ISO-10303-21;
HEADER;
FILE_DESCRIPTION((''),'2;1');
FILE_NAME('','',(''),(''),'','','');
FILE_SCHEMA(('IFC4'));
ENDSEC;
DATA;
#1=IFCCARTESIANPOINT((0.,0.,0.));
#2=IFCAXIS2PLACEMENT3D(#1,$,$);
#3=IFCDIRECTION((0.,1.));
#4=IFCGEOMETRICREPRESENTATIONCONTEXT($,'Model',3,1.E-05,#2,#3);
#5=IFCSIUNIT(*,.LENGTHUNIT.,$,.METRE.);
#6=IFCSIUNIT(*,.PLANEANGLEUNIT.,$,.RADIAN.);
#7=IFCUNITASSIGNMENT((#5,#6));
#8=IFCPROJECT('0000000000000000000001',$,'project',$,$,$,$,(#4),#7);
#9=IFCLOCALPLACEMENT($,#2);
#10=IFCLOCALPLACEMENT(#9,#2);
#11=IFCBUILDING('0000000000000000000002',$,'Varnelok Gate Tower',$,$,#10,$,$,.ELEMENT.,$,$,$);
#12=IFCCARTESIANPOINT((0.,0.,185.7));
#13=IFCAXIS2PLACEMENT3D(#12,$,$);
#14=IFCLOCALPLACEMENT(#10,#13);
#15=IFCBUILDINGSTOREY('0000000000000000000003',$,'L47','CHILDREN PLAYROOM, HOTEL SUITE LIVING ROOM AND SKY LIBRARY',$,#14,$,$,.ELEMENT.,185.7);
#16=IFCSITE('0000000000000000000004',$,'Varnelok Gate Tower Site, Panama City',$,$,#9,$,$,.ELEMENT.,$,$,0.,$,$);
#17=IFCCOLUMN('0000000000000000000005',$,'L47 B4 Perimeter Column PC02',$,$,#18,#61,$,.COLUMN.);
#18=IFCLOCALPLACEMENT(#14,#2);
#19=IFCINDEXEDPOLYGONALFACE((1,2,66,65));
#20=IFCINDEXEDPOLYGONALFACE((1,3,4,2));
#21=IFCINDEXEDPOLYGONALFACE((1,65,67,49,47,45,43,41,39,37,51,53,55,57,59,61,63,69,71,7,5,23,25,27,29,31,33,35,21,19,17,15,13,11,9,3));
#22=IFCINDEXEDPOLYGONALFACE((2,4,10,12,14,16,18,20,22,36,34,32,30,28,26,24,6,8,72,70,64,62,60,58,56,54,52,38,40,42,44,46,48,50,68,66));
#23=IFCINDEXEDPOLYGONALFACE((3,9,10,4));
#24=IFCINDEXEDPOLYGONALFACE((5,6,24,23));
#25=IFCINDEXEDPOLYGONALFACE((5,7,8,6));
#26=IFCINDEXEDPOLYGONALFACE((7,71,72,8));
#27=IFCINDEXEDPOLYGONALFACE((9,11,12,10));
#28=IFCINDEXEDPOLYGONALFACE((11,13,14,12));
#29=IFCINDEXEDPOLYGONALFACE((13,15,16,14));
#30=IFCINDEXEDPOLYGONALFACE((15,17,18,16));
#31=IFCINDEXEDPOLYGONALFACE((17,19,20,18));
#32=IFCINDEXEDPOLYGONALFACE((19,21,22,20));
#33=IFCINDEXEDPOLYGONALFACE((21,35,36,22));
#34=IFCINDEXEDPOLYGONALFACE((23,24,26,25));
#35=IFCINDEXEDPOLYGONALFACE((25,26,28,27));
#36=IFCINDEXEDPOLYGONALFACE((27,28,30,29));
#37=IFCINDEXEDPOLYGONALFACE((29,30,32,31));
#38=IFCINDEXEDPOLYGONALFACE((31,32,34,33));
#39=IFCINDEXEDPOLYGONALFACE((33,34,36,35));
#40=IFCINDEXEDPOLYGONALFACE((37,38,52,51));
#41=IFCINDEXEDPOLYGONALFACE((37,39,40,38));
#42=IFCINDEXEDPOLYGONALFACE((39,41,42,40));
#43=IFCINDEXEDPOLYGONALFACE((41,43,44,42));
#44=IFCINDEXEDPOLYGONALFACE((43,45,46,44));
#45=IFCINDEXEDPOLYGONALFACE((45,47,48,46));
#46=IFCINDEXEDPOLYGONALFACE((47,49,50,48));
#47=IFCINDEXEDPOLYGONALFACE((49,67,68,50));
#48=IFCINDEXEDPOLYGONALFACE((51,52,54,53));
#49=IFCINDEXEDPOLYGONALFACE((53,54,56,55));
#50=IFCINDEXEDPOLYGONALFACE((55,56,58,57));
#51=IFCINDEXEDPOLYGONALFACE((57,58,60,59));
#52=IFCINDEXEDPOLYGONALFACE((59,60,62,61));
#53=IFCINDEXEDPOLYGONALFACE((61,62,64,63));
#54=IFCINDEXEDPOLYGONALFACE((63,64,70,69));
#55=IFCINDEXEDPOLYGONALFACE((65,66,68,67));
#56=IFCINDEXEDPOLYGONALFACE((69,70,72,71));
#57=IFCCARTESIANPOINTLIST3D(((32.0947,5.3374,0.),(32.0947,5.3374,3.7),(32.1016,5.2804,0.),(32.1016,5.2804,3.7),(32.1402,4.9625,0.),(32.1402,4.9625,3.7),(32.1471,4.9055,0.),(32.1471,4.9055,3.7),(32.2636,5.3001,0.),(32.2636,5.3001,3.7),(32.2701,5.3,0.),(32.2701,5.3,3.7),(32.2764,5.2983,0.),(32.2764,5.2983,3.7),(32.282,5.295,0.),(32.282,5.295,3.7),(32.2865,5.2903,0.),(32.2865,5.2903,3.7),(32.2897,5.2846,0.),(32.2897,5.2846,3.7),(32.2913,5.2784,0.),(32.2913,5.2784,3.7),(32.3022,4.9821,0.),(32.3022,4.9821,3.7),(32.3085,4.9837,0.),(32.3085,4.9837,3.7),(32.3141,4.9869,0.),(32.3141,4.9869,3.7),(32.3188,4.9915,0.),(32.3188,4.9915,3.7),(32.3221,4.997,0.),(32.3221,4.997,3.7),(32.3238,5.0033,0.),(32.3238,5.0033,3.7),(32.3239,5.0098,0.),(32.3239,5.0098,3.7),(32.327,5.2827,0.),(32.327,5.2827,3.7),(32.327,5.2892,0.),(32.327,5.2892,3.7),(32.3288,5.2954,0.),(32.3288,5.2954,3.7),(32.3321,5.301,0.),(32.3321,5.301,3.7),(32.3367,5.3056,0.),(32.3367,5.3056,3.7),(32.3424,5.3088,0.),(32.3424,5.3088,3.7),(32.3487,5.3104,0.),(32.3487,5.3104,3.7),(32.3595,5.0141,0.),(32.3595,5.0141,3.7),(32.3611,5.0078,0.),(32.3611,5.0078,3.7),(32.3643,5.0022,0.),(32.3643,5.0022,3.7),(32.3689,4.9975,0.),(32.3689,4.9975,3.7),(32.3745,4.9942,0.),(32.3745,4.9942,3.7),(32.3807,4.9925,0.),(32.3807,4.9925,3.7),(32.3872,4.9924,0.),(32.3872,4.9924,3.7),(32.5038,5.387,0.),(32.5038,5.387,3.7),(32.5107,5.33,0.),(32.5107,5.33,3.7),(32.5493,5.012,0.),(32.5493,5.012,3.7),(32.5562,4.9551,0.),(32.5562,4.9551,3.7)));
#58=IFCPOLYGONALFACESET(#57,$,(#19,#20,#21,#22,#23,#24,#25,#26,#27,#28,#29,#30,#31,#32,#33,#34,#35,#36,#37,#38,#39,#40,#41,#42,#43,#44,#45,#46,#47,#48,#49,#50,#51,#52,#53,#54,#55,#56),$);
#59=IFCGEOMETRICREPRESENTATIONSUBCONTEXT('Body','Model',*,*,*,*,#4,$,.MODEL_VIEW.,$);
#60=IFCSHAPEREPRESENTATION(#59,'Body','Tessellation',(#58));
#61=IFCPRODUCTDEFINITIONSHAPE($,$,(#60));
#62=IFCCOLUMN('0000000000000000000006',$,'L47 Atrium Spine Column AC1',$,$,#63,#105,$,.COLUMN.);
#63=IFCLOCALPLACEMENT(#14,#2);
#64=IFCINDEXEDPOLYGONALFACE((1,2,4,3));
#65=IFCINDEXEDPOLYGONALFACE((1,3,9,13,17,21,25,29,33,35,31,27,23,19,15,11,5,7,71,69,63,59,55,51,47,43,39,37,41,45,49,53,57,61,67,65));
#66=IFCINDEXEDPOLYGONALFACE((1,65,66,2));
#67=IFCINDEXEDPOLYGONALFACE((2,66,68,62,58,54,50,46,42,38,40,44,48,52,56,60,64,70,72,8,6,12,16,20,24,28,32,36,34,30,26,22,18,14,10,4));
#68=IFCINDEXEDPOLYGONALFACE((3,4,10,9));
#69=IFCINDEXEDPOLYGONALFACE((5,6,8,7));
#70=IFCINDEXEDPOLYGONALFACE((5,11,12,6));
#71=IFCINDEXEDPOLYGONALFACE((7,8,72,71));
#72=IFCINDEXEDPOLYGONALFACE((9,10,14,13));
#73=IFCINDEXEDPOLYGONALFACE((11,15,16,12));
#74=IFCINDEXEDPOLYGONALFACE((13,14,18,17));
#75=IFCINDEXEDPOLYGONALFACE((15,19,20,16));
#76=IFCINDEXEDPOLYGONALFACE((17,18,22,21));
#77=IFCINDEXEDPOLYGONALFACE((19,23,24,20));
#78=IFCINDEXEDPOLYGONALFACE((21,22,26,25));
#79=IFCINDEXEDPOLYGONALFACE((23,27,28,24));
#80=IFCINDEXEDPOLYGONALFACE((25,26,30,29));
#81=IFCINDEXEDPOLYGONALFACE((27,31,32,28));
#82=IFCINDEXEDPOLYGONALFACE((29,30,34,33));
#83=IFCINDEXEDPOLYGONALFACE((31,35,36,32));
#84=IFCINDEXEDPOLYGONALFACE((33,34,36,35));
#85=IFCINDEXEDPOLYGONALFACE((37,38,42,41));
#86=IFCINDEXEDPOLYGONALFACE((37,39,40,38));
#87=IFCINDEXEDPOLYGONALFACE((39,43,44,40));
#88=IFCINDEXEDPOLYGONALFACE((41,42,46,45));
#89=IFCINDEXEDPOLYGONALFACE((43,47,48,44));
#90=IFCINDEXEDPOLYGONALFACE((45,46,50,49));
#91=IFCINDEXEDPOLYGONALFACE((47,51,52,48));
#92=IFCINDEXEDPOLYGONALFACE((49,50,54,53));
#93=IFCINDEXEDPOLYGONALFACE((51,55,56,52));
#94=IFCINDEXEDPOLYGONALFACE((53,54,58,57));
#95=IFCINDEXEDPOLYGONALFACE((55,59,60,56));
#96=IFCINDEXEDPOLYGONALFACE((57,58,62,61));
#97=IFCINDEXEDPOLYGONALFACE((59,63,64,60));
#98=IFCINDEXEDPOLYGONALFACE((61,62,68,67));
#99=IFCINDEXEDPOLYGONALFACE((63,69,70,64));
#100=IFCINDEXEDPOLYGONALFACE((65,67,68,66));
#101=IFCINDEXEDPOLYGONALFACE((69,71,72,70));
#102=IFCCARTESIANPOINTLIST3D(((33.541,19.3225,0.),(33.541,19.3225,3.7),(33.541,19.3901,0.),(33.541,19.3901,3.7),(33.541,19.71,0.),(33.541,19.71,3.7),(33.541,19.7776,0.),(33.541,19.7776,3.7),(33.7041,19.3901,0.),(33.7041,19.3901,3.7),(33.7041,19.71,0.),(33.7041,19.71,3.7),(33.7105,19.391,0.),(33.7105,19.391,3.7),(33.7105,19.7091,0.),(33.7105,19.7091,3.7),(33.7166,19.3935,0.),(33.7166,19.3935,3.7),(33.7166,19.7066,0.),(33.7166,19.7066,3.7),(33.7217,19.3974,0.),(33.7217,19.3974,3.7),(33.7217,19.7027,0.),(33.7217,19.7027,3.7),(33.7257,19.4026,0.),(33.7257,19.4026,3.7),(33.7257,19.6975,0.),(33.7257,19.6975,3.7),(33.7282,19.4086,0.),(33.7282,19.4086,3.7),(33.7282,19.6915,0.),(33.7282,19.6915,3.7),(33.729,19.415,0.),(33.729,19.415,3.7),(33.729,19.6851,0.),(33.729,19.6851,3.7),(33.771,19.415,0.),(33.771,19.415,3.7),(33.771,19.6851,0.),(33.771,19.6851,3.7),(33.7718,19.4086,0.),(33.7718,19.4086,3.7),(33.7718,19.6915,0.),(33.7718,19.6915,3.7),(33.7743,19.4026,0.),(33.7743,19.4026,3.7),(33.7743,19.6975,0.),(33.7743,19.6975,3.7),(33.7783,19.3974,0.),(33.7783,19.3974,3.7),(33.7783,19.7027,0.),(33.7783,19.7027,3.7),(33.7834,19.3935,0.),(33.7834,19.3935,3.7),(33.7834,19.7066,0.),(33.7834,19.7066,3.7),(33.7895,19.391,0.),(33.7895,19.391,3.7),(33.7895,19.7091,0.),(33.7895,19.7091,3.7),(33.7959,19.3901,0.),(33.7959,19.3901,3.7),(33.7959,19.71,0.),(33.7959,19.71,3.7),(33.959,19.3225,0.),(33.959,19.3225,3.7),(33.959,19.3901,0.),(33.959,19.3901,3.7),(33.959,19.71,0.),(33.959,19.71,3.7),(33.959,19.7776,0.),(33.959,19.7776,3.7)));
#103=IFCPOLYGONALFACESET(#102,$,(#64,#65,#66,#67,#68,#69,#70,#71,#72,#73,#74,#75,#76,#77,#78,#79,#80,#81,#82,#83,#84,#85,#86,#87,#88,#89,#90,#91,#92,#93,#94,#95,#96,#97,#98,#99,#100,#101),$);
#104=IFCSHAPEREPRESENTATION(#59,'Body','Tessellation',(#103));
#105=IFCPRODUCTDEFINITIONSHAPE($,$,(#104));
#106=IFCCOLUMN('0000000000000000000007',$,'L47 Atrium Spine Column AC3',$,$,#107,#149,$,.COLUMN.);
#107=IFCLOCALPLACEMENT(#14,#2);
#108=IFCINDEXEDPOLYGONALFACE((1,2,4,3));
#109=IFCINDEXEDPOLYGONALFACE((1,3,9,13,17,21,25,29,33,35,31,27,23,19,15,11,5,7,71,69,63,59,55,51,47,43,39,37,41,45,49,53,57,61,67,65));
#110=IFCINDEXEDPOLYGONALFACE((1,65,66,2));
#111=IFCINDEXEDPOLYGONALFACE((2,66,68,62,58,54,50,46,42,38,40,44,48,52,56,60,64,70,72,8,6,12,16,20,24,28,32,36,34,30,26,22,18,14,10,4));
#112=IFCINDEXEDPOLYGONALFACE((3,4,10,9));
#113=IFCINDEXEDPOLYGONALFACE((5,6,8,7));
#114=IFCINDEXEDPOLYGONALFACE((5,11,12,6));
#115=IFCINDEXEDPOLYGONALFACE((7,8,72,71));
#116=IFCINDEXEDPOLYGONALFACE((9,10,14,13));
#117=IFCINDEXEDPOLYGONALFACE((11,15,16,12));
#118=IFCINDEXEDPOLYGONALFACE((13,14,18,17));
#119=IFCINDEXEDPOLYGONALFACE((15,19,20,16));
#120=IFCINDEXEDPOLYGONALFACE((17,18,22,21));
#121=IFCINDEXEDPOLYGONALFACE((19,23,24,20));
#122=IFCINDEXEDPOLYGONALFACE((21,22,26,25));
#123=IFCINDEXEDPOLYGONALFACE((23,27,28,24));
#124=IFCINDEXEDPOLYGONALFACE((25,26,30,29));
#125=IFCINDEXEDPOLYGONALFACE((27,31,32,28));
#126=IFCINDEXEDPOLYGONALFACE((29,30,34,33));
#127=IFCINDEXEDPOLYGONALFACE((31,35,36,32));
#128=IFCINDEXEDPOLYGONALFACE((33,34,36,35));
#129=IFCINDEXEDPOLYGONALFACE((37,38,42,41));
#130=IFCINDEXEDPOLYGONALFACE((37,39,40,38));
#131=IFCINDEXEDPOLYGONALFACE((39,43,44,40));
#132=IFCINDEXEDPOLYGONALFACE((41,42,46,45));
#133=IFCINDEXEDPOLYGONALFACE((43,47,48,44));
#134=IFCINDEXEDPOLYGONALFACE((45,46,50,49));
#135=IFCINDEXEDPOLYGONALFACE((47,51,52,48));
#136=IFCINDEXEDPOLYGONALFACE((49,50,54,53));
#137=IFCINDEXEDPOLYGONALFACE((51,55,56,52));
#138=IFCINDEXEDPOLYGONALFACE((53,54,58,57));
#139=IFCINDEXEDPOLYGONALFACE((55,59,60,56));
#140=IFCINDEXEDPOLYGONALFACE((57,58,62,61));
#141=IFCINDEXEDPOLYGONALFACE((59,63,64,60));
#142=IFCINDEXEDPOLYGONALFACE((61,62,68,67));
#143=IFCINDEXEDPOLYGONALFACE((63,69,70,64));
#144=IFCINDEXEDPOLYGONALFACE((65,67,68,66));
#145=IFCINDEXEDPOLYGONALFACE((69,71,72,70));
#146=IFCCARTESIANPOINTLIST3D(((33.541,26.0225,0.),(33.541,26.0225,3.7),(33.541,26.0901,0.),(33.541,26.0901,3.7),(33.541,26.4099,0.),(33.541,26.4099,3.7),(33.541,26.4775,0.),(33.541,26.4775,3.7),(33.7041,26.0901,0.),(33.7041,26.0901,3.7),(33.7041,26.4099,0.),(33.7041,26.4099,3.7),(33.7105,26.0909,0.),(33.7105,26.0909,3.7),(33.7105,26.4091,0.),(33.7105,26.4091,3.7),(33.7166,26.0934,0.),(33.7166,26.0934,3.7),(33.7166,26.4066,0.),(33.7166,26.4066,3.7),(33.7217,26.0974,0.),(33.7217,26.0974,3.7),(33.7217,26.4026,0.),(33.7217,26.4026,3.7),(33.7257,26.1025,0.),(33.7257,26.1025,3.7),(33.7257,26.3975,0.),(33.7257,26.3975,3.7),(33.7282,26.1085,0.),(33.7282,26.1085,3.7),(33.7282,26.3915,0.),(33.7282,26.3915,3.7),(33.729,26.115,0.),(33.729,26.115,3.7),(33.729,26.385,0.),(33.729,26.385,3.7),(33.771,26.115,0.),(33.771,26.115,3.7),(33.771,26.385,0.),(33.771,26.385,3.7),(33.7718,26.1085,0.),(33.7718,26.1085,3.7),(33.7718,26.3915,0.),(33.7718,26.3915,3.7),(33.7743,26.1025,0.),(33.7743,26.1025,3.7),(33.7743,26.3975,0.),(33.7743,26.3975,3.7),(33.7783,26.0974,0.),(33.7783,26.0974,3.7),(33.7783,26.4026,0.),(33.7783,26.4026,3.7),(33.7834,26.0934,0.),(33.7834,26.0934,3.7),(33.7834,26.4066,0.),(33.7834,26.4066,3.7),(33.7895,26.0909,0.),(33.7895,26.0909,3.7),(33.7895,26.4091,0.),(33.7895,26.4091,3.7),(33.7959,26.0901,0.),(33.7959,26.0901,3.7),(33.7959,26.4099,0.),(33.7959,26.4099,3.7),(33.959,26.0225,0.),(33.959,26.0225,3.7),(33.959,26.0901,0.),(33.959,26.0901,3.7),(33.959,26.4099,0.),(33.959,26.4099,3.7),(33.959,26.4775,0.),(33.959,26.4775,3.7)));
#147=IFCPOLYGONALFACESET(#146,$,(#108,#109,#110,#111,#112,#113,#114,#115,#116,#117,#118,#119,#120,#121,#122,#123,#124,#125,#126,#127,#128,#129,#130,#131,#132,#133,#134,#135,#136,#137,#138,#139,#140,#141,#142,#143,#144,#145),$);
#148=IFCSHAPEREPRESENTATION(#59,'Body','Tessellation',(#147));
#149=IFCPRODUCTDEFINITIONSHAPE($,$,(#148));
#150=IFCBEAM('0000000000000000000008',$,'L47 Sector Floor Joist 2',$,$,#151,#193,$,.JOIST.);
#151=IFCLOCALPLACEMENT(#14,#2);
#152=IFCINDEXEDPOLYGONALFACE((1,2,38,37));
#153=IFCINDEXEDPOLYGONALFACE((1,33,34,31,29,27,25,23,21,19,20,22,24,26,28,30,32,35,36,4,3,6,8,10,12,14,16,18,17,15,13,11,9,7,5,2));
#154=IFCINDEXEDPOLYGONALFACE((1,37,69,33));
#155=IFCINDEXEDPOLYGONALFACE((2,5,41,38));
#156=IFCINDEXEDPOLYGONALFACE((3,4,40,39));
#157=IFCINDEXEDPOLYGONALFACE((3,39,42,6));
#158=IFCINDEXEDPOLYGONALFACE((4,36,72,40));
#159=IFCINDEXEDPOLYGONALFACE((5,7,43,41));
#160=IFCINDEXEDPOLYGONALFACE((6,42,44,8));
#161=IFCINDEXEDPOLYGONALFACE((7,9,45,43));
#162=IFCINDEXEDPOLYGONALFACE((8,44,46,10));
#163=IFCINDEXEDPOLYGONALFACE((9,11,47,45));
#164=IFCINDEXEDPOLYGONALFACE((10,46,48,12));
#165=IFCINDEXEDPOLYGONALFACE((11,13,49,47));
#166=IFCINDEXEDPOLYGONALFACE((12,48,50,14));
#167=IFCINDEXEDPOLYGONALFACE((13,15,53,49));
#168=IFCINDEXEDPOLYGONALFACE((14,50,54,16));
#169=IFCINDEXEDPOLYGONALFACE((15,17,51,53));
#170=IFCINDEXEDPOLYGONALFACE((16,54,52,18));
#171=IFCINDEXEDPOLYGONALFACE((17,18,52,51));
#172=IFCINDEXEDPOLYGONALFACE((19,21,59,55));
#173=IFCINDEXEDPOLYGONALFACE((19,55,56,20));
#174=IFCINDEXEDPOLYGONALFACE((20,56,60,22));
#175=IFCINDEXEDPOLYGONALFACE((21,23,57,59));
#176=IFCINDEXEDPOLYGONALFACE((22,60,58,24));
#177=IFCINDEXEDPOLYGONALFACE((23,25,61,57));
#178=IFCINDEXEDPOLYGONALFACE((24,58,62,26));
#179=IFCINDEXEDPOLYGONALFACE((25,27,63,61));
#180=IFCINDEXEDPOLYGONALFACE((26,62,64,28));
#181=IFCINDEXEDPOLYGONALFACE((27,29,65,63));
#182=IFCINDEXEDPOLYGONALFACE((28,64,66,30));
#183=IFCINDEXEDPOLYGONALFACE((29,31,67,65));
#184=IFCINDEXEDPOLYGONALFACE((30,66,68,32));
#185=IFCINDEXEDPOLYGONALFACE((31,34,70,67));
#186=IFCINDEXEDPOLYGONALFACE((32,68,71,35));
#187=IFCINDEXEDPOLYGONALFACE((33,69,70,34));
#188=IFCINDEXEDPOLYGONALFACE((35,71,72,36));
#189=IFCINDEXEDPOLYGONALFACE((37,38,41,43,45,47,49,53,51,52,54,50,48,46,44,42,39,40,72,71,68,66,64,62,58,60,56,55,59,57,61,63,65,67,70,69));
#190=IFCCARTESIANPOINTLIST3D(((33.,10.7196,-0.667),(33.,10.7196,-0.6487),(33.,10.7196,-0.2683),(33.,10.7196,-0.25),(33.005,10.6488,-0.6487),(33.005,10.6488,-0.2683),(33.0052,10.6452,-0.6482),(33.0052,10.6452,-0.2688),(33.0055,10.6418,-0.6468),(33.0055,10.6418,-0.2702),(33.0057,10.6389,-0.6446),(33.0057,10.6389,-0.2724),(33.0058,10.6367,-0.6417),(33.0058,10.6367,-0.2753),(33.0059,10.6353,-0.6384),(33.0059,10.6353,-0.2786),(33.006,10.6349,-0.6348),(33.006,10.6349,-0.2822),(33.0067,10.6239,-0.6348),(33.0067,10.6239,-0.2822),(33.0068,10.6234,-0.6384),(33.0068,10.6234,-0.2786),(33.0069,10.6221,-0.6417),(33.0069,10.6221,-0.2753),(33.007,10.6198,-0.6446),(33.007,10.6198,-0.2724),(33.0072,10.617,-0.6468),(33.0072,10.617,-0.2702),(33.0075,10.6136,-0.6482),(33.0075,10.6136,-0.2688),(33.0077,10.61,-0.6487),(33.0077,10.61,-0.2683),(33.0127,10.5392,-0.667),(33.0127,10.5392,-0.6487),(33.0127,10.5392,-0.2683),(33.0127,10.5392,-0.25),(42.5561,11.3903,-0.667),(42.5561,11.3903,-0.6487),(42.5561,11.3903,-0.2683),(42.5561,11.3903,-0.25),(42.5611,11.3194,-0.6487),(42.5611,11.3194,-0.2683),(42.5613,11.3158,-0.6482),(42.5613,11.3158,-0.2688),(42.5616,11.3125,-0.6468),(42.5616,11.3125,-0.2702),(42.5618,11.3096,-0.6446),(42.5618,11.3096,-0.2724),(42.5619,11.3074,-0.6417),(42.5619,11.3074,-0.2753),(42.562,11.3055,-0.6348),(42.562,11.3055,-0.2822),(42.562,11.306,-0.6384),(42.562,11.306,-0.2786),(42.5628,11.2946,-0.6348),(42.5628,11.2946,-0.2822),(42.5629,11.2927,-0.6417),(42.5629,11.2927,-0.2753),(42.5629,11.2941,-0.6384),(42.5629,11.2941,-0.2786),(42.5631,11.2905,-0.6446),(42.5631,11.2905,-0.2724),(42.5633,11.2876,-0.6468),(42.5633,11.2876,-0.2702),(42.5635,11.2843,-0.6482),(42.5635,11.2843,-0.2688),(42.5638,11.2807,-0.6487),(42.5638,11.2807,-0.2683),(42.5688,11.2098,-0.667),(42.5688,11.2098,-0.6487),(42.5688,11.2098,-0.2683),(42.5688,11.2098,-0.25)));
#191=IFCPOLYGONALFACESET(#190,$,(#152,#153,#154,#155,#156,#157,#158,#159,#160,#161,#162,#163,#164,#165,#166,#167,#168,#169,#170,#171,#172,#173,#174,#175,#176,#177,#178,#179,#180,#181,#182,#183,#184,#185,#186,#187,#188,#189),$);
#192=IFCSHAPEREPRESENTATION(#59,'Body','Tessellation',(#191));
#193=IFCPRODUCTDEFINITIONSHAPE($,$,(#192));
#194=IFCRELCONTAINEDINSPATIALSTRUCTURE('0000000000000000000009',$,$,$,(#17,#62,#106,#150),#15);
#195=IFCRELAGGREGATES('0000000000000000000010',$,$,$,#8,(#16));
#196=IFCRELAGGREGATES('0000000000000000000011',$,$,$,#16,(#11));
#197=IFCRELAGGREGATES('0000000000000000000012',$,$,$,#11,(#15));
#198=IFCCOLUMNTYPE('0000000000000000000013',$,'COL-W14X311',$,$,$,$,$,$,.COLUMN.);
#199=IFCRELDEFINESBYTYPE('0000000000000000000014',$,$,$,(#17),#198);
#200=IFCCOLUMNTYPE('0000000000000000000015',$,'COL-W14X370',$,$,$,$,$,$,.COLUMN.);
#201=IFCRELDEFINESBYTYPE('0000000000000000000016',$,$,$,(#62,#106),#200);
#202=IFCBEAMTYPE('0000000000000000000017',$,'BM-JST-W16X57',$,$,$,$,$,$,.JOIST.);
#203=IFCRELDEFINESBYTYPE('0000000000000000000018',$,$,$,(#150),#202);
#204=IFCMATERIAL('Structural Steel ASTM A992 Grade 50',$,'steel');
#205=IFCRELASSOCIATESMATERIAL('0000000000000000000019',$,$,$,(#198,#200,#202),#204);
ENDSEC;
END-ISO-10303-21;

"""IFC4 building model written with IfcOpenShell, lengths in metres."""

from ifc_helpers import new_model, si_unit, direction, frame, origin, origin_2d, place, context, subcontext, project, spatial, i_section, extrude, material, material_profile, profile_set, type_object, element, save


model = new_model("IFC4")

# Units and contexts
model_context = context("Model", 3, precision=1e-05, world=origin(), true_north=direction((0.0, 1.0)))
body_context = subcontext(model_context, "Body", "Model", "MODEL_VIEW")
ifc_project = project(units=[si_unit("LENGTHUNIT", "METRE"), si_unit("PLANEANGLEUNIT", "RADIAN")], contexts=[model_context])

# Site, building, storey
site_placement = place(None, origin())
site = spatial("IfcSite", under=ifc_project, at=site_placement, Name="Varnelok Gate Tower Site, Panama City", CompositionType="ELEMENT", RefElevation=0.0)
building_placement = place(site_placement, origin())
building = spatial("IfcBuilding", under=site, at=building_placement, Name="Varnelok Gate Tower", CompositionType="ELEMENT")
storey_placement = place(building_placement, frame((0.0, 0.0, 185.7)))
storey = spatial("IfcBuildingStorey", under=building, at=storey_placement, Name="L47", Description="CHILDREN PLAYROOM, HOTEL SUITE LIVING ROOM AND SKY LIBRARY", CompositionType="ELEMENT", Elevation=185.7)

# Columns
ifc_material_1 = material(Name="Structural Steel ASTM A992 Grade 50", Category="steel")
ifc_material_profile_1 = material_profile(ifc_material_1, i_section(OverallWidth=0.4121, OverallDepth=0.4351, WebThickness=0.0359, FlangeThickness=0.0574, FilletRadius=0.0249, at=origin_2d()), Name="W14X311")
ifc_profile_set_1 = profile_set([ifc_material_profile_1], Name="Structural Steel ASTM A992 Grade 50")
column_type_1 = type_object("IfcColumnType", Name="COL-W14X311", PredefinedType="COLUMN", material=ifc_profile_set_1)
column_placement = place(storey_placement, frame((32.3254, 5.1462, 0.0), z_axis=(0.0, 0.0, 1.0), x_axis=(0.992732, 0.120345, 0.0)))
element("IfcColumn", 1, at=column_placement, inside=storey, type_object=column_type_1, Name="L47 B4 Perimeter Column PC02", PredefinedType="COLUMN", context=body_context, shape_type="SweptSolid", body=[
    extrude(i_section(OverallWidth=0.4121, OverallDepth=0.4351, WebThickness=0.0359, FlangeThickness=0.0574, FilletRadius=0.0249, at=origin_2d()), origin(), (0.0, 0.0, 1.0), 3.7),
])
ifc_material_profile_2 = material_profile(ifc_material_1, i_section(OverallWidth=0.418, OverallDepth=0.4551, WebThickness=0.042, FlangeThickness=0.0676, FilletRadius=0.0249, at=origin_2d()), Name="W14X370")
ifc_profile_set_2 = profile_set([ifc_material_profile_2], Name="Structural Steel ASTM A992 Grade 50")
column_type_2 = type_object("IfcColumnType", Name="COL-W14X370", PredefinedType="COLUMN", material=ifc_profile_set_2)
for number, where, z_axis, x_axis, name in (
    (2, (33.75, 19.55, 0.0), (0.0, 0.0, 1.0), (1.0, 0.0, 0.0), "L47 Atrium Spine Column AC1"),
    (3, (33.75, 26.25, 0.0), (0.0, 0.0, 1.0), (1.0, 0.0, 0.0), "L47 Atrium Spine Column AC3"),
):
    element("IfcColumn", number, at=place(storey_placement, frame(where, z_axis=z_axis, x_axis=x_axis)), inside=storey, type_object=column_type_2, Name=name, PredefinedType="COLUMN", context=body_context, shape_type="SweptSolid", body=[
        extrude(i_section(OverallWidth=0.418, OverallDepth=0.4551, WebThickness=0.042, FlangeThickness=0.0676, FilletRadius=0.0249, at=origin_2d()), origin(), (0.0, 0.0, 1.0), 3.7),
    ])

# Beam
ifc_material_profile_3 = material_profile(ifc_material_1, i_section(OverallWidth=0.1809, OverallDepth=0.417, WebThickness=0.011, FlangeThickness=0.0183, FilletRadius=0.0139, at=origin_2d()), Name="W16X57")
ifc_profile_set_3 = profile_set([ifc_material_profile_3], Name="Structural Steel ASTM A992 Grade 50")
beam_type_1 = type_object("IfcBeamType", Name="BM-JST-W16X57", PredefinedType="JOIST", material=ifc_profile_set_3)
beam_1_placement = place(storey_placement, frame((33.0063, 10.6294, -0.4585), z_axis=(0.997546, 0.070008, 0.0), x_axis=(-0.070008, 0.997546, 0.0)))
element("IfcBeam", 4, at=beam_1_placement, inside=storey, type_object=beam_type_1, Name="L47 Sector Floor Joist 2", PredefinedType="JOIST", context=body_context, shape_type="SweptSolid", body=[
    extrude(i_section(OverallWidth=0.1809, OverallDepth=0.417, WebThickness=0.011, FlangeThickness=0.0183, FilletRadius=0.0139, at=origin_2d()), origin(), (0.0, 0.0, 1.0), 9.5796),
])

save(model, "model.ifc")
